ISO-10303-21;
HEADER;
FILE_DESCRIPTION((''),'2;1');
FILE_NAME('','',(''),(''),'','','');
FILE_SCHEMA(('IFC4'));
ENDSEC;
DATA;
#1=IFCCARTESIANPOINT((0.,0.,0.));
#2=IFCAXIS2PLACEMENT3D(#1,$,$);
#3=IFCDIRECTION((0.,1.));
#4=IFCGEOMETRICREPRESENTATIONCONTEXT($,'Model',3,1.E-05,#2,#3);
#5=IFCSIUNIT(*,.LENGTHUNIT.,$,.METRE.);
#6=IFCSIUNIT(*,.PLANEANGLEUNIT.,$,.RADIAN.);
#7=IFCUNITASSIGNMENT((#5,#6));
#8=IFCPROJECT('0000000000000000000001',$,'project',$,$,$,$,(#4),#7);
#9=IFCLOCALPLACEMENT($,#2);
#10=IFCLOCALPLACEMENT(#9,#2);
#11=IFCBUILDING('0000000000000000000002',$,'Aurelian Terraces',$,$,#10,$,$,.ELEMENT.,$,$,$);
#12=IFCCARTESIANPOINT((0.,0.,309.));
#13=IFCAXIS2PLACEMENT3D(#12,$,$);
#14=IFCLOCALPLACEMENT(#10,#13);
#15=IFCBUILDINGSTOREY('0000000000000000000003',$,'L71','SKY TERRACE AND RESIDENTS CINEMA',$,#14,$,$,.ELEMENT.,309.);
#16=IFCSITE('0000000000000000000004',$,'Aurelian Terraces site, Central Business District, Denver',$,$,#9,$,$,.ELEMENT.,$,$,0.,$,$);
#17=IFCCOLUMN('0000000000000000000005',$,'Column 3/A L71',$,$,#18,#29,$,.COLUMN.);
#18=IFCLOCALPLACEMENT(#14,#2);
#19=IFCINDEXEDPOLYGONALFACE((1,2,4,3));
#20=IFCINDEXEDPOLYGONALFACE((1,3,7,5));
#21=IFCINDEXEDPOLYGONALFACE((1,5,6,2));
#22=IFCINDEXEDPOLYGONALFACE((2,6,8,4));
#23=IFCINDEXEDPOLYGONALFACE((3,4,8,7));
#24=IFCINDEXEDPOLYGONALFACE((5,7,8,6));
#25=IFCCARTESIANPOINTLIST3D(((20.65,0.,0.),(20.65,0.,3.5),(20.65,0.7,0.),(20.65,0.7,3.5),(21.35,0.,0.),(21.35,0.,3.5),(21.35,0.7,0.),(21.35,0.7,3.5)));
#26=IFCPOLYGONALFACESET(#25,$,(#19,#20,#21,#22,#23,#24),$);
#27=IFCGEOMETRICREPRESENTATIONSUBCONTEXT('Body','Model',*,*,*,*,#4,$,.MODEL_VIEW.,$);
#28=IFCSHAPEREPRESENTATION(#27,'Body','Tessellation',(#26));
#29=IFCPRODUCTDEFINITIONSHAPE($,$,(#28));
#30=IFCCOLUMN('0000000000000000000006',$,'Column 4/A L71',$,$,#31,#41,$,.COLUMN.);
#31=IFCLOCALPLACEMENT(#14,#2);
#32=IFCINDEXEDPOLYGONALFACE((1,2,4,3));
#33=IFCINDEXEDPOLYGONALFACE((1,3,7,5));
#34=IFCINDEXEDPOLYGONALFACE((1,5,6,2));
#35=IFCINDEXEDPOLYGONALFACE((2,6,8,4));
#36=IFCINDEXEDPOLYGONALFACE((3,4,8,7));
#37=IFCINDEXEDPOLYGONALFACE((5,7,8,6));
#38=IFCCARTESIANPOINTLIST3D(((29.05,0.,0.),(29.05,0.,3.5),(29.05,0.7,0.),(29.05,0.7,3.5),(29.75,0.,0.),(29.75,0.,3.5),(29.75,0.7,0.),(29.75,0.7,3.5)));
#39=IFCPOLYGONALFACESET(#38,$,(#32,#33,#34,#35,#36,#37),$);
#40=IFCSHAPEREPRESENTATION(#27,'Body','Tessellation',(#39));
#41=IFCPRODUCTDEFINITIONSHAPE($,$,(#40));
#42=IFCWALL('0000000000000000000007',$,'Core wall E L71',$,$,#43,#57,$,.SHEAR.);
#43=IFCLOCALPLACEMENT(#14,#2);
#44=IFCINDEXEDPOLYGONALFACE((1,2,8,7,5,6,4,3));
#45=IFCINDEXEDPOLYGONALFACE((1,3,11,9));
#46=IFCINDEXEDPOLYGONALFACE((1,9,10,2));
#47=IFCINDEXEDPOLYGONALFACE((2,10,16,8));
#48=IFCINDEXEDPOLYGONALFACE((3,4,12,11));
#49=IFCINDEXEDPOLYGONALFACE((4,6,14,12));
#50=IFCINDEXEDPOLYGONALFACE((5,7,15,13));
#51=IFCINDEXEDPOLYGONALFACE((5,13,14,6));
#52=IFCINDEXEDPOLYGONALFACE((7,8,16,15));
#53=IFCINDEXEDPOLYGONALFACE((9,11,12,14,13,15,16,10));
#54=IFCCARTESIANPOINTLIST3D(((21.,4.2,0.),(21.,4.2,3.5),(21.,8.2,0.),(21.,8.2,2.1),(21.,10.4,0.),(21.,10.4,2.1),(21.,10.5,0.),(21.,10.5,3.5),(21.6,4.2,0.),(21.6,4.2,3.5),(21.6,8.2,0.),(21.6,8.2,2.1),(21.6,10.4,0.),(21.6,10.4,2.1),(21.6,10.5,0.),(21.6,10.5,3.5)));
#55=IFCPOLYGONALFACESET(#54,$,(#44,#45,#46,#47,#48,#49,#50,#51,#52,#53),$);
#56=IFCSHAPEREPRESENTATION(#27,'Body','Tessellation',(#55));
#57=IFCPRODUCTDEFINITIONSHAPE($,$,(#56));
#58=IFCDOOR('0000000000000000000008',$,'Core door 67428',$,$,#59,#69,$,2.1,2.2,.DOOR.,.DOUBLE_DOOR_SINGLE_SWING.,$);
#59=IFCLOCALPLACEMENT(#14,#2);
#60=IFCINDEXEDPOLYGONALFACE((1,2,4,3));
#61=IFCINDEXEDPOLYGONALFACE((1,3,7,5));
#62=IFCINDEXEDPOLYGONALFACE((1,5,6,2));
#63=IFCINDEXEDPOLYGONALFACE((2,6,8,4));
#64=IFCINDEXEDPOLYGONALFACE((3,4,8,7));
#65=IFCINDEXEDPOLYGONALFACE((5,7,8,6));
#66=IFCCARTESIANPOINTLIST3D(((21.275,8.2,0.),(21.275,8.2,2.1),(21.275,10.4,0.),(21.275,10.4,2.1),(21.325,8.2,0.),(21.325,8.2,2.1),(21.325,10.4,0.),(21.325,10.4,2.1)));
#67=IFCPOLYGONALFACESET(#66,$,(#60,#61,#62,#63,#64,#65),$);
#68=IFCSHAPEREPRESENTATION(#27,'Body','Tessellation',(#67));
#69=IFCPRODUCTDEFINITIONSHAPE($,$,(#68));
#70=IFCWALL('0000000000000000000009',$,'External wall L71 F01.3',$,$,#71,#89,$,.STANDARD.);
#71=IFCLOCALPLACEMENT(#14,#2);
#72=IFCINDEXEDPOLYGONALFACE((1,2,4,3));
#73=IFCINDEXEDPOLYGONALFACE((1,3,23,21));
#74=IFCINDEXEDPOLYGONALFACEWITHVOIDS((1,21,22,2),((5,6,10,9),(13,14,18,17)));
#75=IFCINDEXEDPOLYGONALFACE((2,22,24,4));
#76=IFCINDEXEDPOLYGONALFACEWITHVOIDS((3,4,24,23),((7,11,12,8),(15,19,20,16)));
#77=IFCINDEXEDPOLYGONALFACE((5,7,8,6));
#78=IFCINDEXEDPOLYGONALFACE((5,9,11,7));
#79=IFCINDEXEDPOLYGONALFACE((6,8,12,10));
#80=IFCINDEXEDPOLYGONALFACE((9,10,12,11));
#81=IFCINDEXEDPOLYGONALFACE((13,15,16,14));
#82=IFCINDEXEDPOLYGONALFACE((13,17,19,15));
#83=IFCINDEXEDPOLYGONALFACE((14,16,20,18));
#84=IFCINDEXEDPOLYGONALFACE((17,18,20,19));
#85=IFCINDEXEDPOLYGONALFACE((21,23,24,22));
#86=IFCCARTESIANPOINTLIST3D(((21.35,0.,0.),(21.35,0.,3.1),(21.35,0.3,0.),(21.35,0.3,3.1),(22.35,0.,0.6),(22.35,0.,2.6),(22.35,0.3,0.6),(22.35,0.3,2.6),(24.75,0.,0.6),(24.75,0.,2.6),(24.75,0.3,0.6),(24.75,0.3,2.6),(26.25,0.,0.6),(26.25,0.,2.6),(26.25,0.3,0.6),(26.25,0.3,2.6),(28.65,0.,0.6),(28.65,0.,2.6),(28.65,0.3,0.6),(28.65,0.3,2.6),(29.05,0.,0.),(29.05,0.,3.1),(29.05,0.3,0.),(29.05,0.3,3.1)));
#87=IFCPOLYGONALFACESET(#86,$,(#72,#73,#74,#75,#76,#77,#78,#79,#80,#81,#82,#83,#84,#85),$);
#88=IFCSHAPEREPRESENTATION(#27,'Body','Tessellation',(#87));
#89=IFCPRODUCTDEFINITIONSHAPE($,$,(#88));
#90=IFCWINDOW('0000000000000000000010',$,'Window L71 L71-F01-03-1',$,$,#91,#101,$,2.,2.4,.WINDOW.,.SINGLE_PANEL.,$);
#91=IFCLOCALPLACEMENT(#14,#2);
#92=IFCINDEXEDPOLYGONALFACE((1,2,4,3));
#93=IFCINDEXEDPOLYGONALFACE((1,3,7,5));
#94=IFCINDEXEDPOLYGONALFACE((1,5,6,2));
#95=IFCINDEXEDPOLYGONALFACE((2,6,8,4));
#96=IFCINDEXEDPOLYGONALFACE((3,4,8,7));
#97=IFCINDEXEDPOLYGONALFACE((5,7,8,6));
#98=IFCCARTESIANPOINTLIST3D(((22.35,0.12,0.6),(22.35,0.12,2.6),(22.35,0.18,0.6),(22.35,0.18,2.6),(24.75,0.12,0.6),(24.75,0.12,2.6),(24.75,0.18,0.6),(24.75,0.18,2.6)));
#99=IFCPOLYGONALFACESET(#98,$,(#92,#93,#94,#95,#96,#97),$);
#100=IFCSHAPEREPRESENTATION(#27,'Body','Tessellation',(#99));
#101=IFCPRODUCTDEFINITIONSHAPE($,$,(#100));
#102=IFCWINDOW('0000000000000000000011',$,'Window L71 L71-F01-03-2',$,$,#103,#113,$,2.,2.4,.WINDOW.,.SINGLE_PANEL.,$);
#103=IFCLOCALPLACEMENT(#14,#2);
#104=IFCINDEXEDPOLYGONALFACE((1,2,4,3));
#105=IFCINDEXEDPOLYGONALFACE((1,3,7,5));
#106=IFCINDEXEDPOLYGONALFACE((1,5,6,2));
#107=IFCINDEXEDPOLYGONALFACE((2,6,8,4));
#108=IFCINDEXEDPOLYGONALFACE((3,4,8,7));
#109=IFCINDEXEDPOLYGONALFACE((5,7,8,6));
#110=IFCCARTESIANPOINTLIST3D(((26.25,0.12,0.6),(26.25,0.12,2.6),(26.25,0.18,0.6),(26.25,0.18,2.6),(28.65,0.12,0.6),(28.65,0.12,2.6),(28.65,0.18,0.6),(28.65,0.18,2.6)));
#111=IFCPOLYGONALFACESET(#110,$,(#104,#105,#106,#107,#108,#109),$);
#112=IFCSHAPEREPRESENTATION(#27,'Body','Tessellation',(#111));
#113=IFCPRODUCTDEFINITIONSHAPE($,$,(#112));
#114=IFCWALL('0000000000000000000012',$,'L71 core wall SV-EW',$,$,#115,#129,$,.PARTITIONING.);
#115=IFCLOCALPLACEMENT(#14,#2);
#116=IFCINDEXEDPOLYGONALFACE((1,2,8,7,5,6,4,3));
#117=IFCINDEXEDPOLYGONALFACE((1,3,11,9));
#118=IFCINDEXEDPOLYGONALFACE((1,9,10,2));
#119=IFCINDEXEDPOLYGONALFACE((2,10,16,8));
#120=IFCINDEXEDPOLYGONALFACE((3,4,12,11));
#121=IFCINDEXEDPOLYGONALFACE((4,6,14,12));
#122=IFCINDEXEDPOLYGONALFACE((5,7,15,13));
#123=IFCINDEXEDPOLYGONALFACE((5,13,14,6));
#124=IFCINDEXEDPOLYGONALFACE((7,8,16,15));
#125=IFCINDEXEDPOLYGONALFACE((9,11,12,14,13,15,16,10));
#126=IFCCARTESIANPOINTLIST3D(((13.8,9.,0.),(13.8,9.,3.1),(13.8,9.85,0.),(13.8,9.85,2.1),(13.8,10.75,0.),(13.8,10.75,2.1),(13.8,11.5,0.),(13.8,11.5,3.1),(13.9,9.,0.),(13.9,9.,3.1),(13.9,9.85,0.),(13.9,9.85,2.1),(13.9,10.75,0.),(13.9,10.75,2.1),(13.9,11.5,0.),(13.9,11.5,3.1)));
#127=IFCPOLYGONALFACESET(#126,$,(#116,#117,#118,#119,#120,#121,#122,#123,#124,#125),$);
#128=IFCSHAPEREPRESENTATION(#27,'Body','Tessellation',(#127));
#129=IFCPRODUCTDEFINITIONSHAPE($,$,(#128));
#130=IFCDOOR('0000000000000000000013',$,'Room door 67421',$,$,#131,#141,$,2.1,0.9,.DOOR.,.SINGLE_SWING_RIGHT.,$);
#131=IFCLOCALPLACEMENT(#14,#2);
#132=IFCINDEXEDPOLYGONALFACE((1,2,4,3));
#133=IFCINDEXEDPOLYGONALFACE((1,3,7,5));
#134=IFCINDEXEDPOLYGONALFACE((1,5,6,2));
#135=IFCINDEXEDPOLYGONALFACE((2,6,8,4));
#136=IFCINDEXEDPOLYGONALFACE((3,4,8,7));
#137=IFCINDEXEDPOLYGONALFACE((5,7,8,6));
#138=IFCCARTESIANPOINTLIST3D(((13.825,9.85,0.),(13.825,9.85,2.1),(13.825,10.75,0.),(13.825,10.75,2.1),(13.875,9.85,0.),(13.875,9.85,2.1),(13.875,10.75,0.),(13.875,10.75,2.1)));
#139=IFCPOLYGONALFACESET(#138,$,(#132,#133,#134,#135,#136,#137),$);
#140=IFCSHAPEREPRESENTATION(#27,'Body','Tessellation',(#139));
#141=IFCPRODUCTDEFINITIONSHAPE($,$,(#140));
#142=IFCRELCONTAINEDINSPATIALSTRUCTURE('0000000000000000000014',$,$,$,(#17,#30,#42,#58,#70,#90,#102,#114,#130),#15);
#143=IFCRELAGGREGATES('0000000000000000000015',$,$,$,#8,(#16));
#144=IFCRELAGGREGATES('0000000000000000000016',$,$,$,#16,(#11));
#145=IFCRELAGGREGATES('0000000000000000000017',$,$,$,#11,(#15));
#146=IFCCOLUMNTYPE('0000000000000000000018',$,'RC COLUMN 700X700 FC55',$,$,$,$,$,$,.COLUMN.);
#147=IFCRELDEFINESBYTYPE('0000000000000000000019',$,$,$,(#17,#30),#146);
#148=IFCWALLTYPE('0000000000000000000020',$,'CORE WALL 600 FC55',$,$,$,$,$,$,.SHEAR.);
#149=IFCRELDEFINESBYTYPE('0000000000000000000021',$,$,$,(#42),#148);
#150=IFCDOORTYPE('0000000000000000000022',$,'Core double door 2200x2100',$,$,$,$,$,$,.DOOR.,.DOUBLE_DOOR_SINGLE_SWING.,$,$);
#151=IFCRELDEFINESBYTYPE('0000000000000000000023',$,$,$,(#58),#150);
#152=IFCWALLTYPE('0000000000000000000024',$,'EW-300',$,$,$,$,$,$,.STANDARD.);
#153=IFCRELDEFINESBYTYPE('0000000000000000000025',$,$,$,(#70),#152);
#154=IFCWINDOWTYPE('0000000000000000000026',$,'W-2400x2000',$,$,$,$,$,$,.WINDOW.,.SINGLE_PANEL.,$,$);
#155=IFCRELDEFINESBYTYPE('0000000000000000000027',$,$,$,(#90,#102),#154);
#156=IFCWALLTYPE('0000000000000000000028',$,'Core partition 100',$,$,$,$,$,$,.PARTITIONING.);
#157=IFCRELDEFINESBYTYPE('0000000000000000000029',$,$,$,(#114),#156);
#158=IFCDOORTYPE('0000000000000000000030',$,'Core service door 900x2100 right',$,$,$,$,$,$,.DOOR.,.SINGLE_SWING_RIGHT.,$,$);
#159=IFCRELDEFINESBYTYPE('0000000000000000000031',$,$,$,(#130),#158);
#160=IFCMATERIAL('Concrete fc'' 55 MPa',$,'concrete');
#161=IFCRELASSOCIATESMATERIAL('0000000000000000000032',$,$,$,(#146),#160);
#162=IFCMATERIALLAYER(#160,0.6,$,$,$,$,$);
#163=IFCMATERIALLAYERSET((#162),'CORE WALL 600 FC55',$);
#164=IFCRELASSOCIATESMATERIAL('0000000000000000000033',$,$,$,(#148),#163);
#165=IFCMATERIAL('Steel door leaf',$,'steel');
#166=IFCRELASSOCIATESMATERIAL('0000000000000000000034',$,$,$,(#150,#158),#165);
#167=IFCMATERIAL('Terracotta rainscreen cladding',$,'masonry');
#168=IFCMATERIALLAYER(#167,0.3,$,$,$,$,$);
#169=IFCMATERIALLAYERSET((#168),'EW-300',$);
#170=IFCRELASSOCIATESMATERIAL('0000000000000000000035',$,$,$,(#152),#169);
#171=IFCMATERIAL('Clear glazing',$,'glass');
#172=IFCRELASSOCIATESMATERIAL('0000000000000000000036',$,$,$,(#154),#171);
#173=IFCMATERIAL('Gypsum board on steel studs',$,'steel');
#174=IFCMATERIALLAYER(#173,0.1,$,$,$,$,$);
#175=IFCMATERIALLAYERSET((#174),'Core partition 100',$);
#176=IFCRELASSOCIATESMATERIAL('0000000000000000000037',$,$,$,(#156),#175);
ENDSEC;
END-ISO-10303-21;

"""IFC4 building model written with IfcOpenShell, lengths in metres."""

from ifc_helpers import new_model, si_unit, direction, frame, frame_2d, origin, origin_2d, place, context, subcontext, project, spatial, rectangle, extrude, source, transform, mapped, material, layer, layer_set, material_profile, profile_set, type_object, element, fill, save


model = new_model("IFC4")

# Units and contexts
model_context = context("Model", 3, precision=1e-05, world=origin(), true_north=direction((0.0, 1.0)))
body_context = subcontext(model_context, "Body", "Model", "MODEL_VIEW")
ifc_project = project(units=[si_unit("LENGTHUNIT", "METRE"), si_unit("PLANEANGLEUNIT", "RADIAN")], contexts=[model_context])

# Site, building, storey
site_placement = place(None, origin())
site = spatial("IfcSite", under=ifc_project, at=site_placement, Name="Aurelian Terraces site, Central Business District, Denver", CompositionType="ELEMENT", RefElevation=0.0)
building_placement = place(site_placement, origin())
building = spatial("IfcBuilding", under=site, at=building_placement, Name="Aurelian Terraces", CompositionType="ELEMENT")
storey_placement = place(building_placement, frame((0.0, 0.0, 309.0)))
storey = spatial("IfcBuildingStorey", under=building, at=storey_placement, Name="L71", Description="SKY TERRACE AND RESIDENTS CINEMA", CompositionType="ELEMENT", Elevation=309.0)

# Columns
ifc_material_1 = material(Name="Concrete fc' 55 MPa", Category="concrete")
ifc_material_profile = material_profile(ifc_material_1, rectangle(XDim=0.7, YDim=0.7, at=origin_2d()))
ifc_profile_set = profile_set([ifc_material_profile], Name="Concrete fc' 55 MPa")
column_type = type_object("IfcColumnType", Name="RC COLUMN 700X700 FC55", PredefinedType="COLUMN", material=ifc_profile_set)
shared_shape_1 = source(origin(), body_context, "Body", "SweptSolid", [
    extrude(rectangle(XDim=0.7, YDim=0.7, at=origin_2d()), origin(), (0.0, 0.0, 1.0), 3.5),
])
for number, where, z_axis, x_axis, name in (
    (1, (21.0, 0.35, 0.0), (0.0, 0.0, 1.0), (1.0, 0.0, 0.0), "Column 3/A L71"),
    (2, (29.4, 0.35, 0.0), (0.0, 0.0, 1.0), (1.0, 0.0, 0.0), "Column 4/A L71"),
):
    element("IfcColumn", number, at=place(storey_placement, frame(where, z_axis=z_axis, x_axis=x_axis)), inside=storey, type_object=column_type, Name=name, PredefinedType="COLUMN", context=body_context, shape_type="MappedRepresentation", body=[
        mapped(shared_shape_1, transform((0.0, 0.0, 0.0), scale=1.0)),
    ])

# Wall, opening, door
ifc_layer_1 = layer(ifc_material_1, 0.6)
ifc_layer_set_1 = layer_set([ifc_layer_1], Name="CORE WALL 600 FC55")
wall_type_1 = type_object("IfcWallType", Name="CORE WALL 600 FC55", PredefinedType="SHEAR", material=ifc_layer_set_1)
shared_shape_2 = source(origin(), body_context, "Body", "SweptSolid", [
    extrude(rectangle(XDim=6.3, YDim=0.6, at=frame_2d((3.15, 0.0))), origin(), (0.0, 0.0, 1.0), 3.5),
])
wall_1_placement = place(storey_placement, frame((21.3, 4.2, 0.0), z_axis=(0.0, 0.0, 1.0), x_axis=(0.0, 1.0, 0.0)))
wall_1 = element("IfcWall", 3, at=wall_1_placement, inside=storey, type_object=wall_type_1, Name="Core wall E L71", PredefinedType="SHEAR", context=body_context, shape_type="MappedRepresentation", body=[
    mapped(shared_shape_2, transform((0.0, 0.0, 0.0), scale=1.0)),
])
shared_shape_3 = source(origin(), body_context, "Body", "SweptSolid", [
    extrude(rectangle(XDim=2.2, YDim=2.1, at=frame_2d((1.1, 1.05))), frame((0.0, 0.31, 0.0), z_axis=(0.0, -1.0, 0.0), x_axis=(1.0, 0.0, 0.0)), (0.0, 0.0, 1.0), 0.62),
])
opening_1_placement = place(wall_1_placement, frame((4.0, 0.0, 0.0)))
opening_1 = element("IfcOpeningElement", 4, at=opening_1_placement, cuts=wall_1, PredefinedType="OPENING", context=body_context, shape_type="MappedRepresentation", body=[
    mapped(shared_shape_3, transform((0.0, 0.0, 0.0), scale=1.0)),
])
ifc_material_2 = material(Name="Steel door leaf", Category="steel")
door_type_1 = type_object("IfcDoorType", Name="Core double door 2200x2100", OperationType="DOUBLE_DOOR_SINGLE_SWING", PredefinedType="DOOR", material=ifc_material_2)
shared_shape_4 = source(origin(), body_context, "Body", "SweptSolid", [
    extrude(rectangle(XDim=2.2, YDim=2.1, at=frame_2d((1.1, 1.05))), frame((0.0, 0.025, 0.0), z_axis=(0.0, -1.0, 0.0), x_axis=(1.0, 0.0, 0.0)), (0.0, 0.0, 1.0), 0.05),
])
door_1_placement = place(opening_1_placement, origin())
door_1 = element("IfcDoor", 5, at=door_1_placement, inside=storey, type_object=door_type_1, Name="Core door 67428", OperationType="DOUBLE_DOOR_SINGLE_SWING", OverallHeight=2.1, OverallWidth=2.2, PredefinedType="DOOR", context=body_context, shape_type="MappedRepresentation", body=[
    mapped(shared_shape_4, transform((0.0, 0.0, 0.0), scale=1.0)),
])
fill(opening_1, door_1)

# Wall, openings, windows
ifc_material_3 = material(Name="Terracotta rainscreen cladding", Category="masonry")
ifc_layer_2 = layer(ifc_material_3, 0.3)
ifc_layer_set_2 = layer_set([ifc_layer_2], Name="EW-300")
wall_type_2 = type_object("IfcWallType", Name="EW-300", PredefinedType="STANDARD", material=ifc_layer_set_2)
shared_shape_5 = source(origin(), body_context, "Body", "SweptSolid", [
    extrude(rectangle(XDim=7.7, YDim=0.3, at=frame_2d((3.85, 0.0))), origin(), (0.0, 0.0, 1.0), 3.1),
])
wall_2_placement = place(storey_placement, frame((21.35, 0.15, 0.0), z_axis=(0.0, 0.0, 1.0), x_axis=(1.0, 0.0, 0.0)))
wall_2 = element("IfcWall", 6, at=wall_2_placement, inside=storey, type_object=wall_type_2, Name="External wall L71 F01.3", PredefinedType="STANDARD", context=body_context, shape_type="MappedRepresentation", body=[
    mapped(shared_shape_5, transform((0.0, 0.0, 0.0), scale=1.0)),
])
shared_shape_6 = source(origin(), body_context, "Body", "SweptSolid", [
    extrude(rectangle(XDim=2.4, YDim=2.0, at=frame_2d((1.2, 1.0))), frame((0.0, 0.16, 0.0), z_axis=(0.0, -1.0, 0.0), x_axis=(1.0, 0.0, 0.0)), (0.0, 0.0, 1.0), 0.32),
])
opening_2_placement = place(wall_2_placement, frame((1.0, 0.0, 0.6)))
opening_2 = element("IfcOpeningElement", 7, at=opening_2_placement, cuts=wall_2, PredefinedType="OPENING", context=body_context, shape_type="MappedRepresentation", body=[
    mapped(shared_shape_6, transform((0.0, 0.0, 0.0), scale=1.0)),
])
opening_3_placement = place(wall_2_placement, frame((4.9, 0.0, 0.6)))
opening_3 = element("IfcOpeningElement", 8, at=opening_3_placement, cuts=wall_2, PredefinedType="OPENING", context=body_context, shape_type="MappedRepresentation", body=[
    mapped(shared_shape_6, transform((0.0, 0.0, 0.0), scale=1.0)),
])
ifc_material_4 = material(Name="Clear glazing", Category="glass")
window_type = type_object("IfcWindowType", Name="W-2400x2000", PartitioningType="SINGLE_PANEL", PredefinedType="WINDOW", material=ifc_material_4)
shared_shape_7 = source(origin(), body_context, "Body", "SweptSolid", [
    extrude(rectangle(XDim=2.4, YDim=2.0, at=frame_2d((1.2, 1.0))), frame((0.0, 0.03, 0.0), z_axis=(0.0, -1.0, 0.0), x_axis=(1.0, 0.0, 0.0)), (0.0, 0.0, 1.0), 0.06),
])
window_1_placement = place(opening_2_placement, origin())
window_1 = element("IfcWindow", 9, at=window_1_placement, inside=storey, type_object=window_type, Name="Window L71 L71-F01-03-1", OverallHeight=2.0, OverallWidth=2.4, PartitioningType="SINGLE_PANEL", PredefinedType="WINDOW", context=body_context, shape_type="MappedRepresentation", body=[
    mapped(shared_shape_7, transform((0.0, 0.0, 0.0), scale=1.0)),
])
fill(opening_2, window_1)
window_2_placement = place(opening_3_placement, origin())
window_2 = element("IfcWindow", 10, at=window_2_placement, inside=storey, type_object=window_type, Name="Window L71 L71-F01-03-2", OverallHeight=2.0, OverallWidth=2.4, PartitioningType="SINGLE_PANEL", PredefinedType="WINDOW", context=body_context, shape_type="MappedRepresentation", body=[
    mapped(shared_shape_7, transform((0.0, 0.0, 0.0), scale=1.0)),
])
fill(opening_3, window_2)

# Wall, opening, door
ifc_material_5 = material(Name="Gypsum board on steel studs", Category="steel")
ifc_layer_3 = layer(ifc_material_5, 0.1)
ifc_layer_set_3 = layer_set([ifc_layer_3], Name="Core partition 100")
wall_type_3 = type_object("IfcWallType", Name="Core partition 100", PredefinedType="PARTITIONING", material=ifc_layer_set_3)
shared_shape_8 = source(origin(), body_context, "Body", "SweptSolid", [
    extrude(rectangle(XDim=2.5, YDim=0.1, at=frame_2d((1.25, 0.0))), origin(), (0.0, 0.0, 1.0), 3.1),
])
wall_3_placement = place(storey_placement, frame((13.85, 9.0, 0.0), z_axis=(0.0, 0.0, 1.0), x_axis=(0.0, 1.0, 0.0)))
wall_3 = element("IfcWall", 11, at=wall_3_placement, inside=storey, type_object=wall_type_3, Name="L71 core wall SV-EW", PredefinedType="PARTITIONING", context=body_context, shape_type="MappedRepresentation", body=[
    mapped(shared_shape_8, transform((0.0, 0.0, 0.0), scale=1.0)),
])
shared_shape_9 = source(origin(), body_context, "Body", "SweptSolid", [
    extrude(rectangle(XDim=0.9, YDim=2.1, at=frame_2d((0.45, 1.05))), frame((0.0, 0.06, 0.0), z_axis=(0.0, -1.0, 0.0), x_axis=(1.0, 0.0, 0.0)), (0.0, 0.0, 1.0), 0.12),
])
opening_4_placement = place(wall_3_placement, frame((0.85, 0.0, 0.0)))
opening_4 = element("IfcOpeningElement", 12, at=opening_4_placement, cuts=wall_3, PredefinedType="OPENING", context=body_context, shape_type="MappedRepresentation", body=[
    mapped(shared_shape_9, transform((0.0, 0.0, 0.0), scale=1.0)),
])
door_type_2 = type_object("IfcDoorType", Name="Core service door 900x2100 right", OperationType="SINGLE_SWING_RIGHT", PredefinedType="DOOR", material=ifc_material_2)
shared_shape_10 = source(origin(), body_context, "Body", "SweptSolid", [
    extrude(rectangle(XDim=0.9, YDim=2.1, at=frame_2d((0.45, 1.05))), frame((0.0, 0.025, 0.0), z_axis=(0.0, -1.0, 0.0), x_axis=(1.0, 0.0, 0.0)), (0.0, 0.0, 1.0), 0.05),
])
door_2_placement = place(opening_4_placement, origin())
door_2 = element("IfcDoor", 13, at=door_2_placement, inside=storey, type_object=door_type_2, Name="Room door 67421", OperationType="SINGLE_SWING_RIGHT", OverallHeight=2.1, OverallWidth=0.9, PredefinedType="DOOR", context=body_context, shape_type="MappedRepresentation", body=[
    mapped(shared_shape_10, transform((0.0, 0.0, 0.0), scale=1.0)),
])
fill(opening_4, door_2)

save(model, "model.ifc")
